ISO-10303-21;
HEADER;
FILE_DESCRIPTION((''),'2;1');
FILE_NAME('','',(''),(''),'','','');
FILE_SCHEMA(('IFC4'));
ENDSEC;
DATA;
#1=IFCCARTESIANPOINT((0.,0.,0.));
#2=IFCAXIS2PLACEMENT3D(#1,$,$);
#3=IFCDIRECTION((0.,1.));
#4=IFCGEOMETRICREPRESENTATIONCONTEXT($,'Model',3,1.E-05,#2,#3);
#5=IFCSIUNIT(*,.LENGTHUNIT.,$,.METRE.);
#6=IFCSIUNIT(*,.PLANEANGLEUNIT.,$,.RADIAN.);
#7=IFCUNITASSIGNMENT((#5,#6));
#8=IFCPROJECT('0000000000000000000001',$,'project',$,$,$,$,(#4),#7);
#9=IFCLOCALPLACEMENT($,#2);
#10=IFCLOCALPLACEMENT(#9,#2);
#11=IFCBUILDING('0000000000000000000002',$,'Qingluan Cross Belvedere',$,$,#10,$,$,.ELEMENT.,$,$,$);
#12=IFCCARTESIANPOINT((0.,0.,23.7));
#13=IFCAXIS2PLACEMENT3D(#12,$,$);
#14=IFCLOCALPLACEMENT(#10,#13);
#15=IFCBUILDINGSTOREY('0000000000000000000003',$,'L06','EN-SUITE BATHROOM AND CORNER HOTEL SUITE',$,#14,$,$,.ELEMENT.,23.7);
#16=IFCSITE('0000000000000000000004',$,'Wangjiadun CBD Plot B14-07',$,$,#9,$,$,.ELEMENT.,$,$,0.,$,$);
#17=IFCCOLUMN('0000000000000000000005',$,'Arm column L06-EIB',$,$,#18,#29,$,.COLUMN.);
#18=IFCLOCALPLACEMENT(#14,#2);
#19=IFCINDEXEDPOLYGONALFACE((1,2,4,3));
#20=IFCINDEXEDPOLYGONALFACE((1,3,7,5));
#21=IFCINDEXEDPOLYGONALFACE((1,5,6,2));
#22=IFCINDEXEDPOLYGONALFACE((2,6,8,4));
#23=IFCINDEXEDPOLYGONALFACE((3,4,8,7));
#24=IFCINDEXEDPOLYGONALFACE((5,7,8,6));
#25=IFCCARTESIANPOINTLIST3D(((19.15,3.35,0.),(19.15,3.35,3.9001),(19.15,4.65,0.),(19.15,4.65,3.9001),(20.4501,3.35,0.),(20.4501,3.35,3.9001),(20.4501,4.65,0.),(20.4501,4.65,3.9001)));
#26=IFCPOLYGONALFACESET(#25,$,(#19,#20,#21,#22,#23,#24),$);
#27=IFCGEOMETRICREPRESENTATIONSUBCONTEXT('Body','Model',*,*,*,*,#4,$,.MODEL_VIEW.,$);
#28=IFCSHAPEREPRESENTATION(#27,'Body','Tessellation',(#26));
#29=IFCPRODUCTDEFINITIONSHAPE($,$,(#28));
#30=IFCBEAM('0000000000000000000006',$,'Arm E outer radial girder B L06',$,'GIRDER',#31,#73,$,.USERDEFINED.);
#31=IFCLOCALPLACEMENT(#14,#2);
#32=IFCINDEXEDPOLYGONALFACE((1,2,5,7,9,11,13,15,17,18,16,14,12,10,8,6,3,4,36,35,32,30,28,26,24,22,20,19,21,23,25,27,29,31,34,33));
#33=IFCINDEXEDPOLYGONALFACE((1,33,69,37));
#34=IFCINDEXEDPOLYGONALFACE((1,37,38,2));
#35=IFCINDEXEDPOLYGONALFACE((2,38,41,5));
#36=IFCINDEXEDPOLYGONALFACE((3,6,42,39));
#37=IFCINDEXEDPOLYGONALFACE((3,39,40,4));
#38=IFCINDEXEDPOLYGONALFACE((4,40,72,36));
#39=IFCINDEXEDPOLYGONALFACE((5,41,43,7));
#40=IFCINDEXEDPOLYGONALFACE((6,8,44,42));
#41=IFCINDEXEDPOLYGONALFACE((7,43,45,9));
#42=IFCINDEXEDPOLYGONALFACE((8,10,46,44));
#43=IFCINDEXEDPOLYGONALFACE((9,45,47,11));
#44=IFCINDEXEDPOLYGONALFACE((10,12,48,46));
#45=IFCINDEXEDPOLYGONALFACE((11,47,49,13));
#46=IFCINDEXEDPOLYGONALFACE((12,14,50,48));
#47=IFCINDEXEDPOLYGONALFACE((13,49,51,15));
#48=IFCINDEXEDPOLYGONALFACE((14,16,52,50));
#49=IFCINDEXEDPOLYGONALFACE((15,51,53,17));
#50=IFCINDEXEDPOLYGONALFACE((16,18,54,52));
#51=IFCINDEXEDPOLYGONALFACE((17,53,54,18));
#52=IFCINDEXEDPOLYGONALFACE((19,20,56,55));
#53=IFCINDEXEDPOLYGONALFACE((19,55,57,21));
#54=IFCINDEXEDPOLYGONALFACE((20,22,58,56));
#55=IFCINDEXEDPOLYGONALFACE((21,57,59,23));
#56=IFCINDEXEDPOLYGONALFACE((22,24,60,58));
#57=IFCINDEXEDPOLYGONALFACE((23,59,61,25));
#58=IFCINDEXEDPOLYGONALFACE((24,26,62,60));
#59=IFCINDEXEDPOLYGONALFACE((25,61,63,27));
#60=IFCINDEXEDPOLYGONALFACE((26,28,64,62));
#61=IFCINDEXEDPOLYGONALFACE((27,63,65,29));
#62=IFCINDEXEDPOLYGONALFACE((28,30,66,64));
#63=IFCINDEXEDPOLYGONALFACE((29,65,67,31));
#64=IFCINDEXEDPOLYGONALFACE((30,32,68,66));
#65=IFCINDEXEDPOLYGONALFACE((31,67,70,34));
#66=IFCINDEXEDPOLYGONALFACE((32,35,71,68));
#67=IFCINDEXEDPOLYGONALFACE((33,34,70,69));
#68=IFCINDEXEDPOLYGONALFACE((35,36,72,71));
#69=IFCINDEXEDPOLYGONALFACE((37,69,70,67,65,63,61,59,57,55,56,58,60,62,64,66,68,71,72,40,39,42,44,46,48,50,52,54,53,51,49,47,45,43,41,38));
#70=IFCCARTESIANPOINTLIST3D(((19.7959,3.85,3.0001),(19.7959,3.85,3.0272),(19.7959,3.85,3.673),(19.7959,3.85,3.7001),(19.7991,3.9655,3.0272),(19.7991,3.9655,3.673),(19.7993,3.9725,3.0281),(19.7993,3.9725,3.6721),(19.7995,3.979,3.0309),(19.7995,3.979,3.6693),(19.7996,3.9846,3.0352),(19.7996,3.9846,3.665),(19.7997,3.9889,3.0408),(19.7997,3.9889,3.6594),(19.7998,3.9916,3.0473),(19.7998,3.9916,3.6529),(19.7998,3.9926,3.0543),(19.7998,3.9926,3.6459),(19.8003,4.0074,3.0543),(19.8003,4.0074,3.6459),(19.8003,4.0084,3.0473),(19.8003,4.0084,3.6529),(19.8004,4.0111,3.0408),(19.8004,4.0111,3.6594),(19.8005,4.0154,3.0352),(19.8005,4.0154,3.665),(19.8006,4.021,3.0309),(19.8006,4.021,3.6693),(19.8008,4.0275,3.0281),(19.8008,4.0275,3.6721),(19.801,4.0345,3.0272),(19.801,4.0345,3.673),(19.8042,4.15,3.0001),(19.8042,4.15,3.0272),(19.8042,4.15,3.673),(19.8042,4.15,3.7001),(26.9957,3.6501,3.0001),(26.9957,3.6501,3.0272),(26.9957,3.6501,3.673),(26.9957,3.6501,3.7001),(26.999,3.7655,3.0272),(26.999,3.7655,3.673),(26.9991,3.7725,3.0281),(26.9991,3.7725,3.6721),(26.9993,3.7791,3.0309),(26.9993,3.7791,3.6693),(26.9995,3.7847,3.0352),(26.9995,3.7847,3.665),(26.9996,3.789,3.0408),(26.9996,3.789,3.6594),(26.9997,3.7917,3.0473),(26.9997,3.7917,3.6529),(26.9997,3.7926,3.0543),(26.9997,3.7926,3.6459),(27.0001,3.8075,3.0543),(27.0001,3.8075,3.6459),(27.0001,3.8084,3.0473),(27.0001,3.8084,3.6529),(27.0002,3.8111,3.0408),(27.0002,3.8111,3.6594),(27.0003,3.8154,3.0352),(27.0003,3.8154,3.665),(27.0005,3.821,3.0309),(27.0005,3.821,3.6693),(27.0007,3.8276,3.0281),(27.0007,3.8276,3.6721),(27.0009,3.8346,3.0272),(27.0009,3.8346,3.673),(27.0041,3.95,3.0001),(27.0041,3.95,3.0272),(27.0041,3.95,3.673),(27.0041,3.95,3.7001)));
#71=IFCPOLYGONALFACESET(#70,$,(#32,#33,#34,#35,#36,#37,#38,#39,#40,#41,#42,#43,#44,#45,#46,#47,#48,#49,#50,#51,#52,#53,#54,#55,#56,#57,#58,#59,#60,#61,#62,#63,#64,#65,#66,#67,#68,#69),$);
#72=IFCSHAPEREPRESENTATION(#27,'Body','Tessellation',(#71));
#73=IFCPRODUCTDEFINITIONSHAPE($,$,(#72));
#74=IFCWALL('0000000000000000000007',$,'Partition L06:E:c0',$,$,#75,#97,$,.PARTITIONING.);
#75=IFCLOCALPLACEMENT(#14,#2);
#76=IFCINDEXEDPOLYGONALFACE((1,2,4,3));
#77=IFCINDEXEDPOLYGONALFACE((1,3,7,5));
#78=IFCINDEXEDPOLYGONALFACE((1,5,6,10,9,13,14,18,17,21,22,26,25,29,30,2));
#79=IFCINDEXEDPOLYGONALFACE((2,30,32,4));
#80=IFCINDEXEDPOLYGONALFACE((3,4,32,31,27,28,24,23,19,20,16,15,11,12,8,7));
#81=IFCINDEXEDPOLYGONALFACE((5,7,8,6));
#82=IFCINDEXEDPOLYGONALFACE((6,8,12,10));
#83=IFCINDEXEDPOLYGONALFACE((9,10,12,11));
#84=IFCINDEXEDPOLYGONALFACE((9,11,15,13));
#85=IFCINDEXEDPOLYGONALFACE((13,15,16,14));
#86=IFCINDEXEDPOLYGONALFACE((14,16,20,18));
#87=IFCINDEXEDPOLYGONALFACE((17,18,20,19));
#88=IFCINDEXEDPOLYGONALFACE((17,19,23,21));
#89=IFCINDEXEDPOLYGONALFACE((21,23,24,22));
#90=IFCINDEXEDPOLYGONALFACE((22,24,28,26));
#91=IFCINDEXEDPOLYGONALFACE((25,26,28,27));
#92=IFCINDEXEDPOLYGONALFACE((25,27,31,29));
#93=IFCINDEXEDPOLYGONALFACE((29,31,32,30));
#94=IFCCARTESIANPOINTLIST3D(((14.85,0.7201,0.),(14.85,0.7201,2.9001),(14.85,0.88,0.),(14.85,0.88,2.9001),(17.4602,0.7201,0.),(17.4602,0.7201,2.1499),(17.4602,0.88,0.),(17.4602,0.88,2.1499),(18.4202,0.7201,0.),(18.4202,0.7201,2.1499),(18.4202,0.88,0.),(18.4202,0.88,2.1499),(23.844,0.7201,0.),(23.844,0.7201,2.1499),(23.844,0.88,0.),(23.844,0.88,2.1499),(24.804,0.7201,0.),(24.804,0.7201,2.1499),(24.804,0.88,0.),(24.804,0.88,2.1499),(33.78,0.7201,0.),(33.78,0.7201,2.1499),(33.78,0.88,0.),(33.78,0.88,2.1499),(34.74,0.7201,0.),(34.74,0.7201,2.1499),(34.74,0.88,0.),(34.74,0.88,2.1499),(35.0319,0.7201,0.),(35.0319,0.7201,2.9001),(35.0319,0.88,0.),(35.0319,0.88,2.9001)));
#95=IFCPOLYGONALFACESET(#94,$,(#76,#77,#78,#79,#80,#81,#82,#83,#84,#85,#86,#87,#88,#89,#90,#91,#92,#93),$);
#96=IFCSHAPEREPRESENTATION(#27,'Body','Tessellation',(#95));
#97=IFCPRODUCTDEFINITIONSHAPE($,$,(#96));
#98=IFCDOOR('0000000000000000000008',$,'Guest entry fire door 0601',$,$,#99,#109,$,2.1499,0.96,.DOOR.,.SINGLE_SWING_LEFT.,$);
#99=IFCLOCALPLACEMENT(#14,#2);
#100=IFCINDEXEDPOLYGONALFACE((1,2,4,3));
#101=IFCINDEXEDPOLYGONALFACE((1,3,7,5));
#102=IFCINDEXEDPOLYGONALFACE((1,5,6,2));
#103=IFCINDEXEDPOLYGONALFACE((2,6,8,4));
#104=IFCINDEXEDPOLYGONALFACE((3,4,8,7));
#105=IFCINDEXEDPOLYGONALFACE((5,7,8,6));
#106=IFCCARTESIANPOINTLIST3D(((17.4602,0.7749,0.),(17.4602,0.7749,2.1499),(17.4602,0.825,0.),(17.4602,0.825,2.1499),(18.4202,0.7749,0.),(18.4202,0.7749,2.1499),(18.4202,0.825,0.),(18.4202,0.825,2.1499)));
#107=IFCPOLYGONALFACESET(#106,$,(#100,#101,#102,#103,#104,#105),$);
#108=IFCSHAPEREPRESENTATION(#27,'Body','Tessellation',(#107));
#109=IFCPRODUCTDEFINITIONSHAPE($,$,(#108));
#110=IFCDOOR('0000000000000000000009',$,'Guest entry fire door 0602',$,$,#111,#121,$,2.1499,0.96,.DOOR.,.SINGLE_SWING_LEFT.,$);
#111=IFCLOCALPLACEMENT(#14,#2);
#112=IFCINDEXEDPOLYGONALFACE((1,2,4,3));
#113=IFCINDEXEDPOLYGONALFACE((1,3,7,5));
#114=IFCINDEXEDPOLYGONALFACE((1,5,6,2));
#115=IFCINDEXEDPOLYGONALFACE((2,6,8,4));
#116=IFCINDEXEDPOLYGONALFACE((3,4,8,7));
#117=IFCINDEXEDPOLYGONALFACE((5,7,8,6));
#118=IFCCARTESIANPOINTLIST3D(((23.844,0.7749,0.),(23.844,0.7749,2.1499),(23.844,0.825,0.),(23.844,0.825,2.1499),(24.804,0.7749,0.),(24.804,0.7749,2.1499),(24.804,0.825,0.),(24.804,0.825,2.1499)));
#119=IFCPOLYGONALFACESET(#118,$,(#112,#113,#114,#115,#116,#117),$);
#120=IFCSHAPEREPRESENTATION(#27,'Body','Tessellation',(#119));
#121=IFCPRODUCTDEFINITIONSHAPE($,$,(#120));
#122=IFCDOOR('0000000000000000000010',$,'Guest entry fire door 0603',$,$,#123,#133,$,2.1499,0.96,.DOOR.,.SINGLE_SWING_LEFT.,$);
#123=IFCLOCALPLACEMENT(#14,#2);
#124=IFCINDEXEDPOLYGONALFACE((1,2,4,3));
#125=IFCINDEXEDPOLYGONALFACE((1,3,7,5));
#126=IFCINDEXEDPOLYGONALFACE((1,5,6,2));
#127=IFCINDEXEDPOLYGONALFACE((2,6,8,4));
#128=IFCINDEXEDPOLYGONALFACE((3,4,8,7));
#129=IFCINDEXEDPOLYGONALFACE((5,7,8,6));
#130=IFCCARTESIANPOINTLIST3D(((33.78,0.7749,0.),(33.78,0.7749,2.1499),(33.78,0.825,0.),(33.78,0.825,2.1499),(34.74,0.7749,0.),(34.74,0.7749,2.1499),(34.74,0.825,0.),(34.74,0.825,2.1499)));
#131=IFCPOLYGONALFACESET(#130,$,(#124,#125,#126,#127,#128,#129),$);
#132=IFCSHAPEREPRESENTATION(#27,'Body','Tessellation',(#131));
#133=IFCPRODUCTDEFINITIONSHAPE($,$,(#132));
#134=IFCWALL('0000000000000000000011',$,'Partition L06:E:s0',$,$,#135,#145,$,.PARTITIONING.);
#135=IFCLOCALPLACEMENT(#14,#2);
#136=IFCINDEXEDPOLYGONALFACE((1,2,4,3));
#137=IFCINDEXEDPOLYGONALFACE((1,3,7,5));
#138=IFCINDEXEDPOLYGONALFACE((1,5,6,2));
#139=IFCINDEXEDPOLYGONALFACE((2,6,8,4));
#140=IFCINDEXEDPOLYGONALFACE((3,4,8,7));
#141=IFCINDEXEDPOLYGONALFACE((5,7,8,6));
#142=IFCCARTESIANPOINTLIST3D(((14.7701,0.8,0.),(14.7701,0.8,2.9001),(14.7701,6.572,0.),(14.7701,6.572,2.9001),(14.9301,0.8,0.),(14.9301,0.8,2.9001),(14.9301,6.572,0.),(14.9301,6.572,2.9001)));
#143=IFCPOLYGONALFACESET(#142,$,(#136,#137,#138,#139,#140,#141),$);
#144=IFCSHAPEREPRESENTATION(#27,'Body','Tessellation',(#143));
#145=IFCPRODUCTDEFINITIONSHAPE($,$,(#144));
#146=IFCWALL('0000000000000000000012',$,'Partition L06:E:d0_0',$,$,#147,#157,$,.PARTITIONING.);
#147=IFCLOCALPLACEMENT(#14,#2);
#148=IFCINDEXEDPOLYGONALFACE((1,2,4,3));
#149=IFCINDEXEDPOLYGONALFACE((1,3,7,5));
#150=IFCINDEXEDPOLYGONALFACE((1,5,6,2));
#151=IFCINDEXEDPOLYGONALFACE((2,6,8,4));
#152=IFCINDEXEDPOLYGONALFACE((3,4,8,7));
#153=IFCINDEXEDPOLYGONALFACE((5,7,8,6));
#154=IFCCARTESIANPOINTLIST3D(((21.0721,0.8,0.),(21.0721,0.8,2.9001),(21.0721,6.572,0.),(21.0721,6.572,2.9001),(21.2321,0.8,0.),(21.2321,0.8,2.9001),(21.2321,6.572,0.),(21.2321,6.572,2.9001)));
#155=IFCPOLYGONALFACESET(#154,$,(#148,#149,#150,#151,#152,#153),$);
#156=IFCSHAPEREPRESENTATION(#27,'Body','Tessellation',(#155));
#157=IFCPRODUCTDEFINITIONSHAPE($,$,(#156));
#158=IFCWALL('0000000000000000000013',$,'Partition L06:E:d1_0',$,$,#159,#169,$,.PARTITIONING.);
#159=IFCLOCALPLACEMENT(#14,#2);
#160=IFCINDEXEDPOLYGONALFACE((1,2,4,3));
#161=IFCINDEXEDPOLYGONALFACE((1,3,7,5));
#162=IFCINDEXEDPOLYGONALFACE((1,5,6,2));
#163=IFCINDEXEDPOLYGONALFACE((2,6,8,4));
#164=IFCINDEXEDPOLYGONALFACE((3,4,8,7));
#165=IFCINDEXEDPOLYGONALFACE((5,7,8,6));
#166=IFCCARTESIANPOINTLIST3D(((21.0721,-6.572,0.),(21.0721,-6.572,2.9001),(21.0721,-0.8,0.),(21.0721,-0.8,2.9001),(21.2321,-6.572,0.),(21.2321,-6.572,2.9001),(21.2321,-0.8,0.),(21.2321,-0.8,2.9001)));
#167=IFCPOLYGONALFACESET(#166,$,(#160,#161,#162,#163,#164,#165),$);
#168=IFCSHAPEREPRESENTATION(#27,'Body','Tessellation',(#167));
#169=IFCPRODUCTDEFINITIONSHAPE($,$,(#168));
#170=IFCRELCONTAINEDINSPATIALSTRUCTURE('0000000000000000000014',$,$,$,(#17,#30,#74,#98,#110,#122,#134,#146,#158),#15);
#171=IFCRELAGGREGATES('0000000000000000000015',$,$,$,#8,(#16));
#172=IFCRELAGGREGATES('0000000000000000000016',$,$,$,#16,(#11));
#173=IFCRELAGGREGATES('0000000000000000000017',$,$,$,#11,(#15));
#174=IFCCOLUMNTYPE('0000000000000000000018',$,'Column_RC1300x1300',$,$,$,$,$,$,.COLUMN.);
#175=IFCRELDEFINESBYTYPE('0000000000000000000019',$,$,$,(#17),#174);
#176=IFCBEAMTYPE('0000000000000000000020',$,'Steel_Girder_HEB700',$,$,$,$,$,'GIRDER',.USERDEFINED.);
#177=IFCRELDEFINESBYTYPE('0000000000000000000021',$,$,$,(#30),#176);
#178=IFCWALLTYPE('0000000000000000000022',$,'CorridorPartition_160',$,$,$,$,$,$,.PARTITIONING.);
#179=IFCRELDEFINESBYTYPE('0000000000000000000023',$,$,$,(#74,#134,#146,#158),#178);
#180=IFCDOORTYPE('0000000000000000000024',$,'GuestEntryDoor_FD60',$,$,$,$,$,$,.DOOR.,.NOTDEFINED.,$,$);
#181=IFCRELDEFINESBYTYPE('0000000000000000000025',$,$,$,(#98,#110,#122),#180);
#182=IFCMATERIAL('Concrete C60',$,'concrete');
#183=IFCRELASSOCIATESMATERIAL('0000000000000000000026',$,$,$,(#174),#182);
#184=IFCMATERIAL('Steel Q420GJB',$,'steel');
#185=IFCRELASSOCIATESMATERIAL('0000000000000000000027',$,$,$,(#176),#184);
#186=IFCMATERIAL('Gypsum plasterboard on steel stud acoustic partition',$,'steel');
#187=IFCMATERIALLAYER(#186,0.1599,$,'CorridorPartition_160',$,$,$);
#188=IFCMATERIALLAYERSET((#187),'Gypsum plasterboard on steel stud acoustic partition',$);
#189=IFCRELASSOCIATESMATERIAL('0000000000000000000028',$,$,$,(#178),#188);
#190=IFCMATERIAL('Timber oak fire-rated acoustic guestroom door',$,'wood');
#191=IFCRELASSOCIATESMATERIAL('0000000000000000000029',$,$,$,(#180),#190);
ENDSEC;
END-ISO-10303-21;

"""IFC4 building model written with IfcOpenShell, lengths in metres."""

from ifc_helpers import new_model, si_unit, direction, frame, frame_2d, origin, origin_2d, place, context, subcontext, project, spatial, rectangle, i_section, extrude, material, layer, layer_set, material_profile, profile_set, type_object, element, fill, save


model = new_model("IFC4")

# Units and contexts
model_context = context("Model", 3, precision=1e-05, world=origin(), true_north=direction((0.0, 1.0)))
body_context = subcontext(model_context, "Body", "Model", "MODEL_VIEW")
ifc_project = project(units=[si_unit("LENGTHUNIT", "METRE"), si_unit("PLANEANGLEUNIT", "RADIAN")], contexts=[model_context])

# Site, building, storey
site_placement = place(None, origin())
site = spatial("IfcSite", under=ifc_project, at=site_placement, Name="Wangjiadun CBD Plot B14-07", CompositionType="ELEMENT", RefElevation=0.0)
building_placement = place(site_placement, origin())
building = spatial("IfcBuilding", under=site, at=building_placement, Name="Qingluan Cross Belvedere", CompositionType="ELEMENT")
storey_placement = place(building_placement, frame((0.0, 0.0, 23.7)))
storey = spatial("IfcBuildingStorey", under=building, at=storey_placement, Name="L06", Description="EN-SUITE BATHROOM AND CORNER HOTEL SUITE", CompositionType="ELEMENT", Elevation=23.7)

# Column
ifc_material_1 = material(Name="Concrete C60", Category="concrete")
ifc_material_profile_1 = material_profile(ifc_material_1, rectangle(XDim=1.3, YDim=1.3, at=origin_2d()), Name="RC1300x1300")
ifc_profile_set_1 = profile_set([ifc_material_profile_1], Name="Concrete C60")
column_type = type_object("IfcColumnType", Name="Column_RC1300x1300", PredefinedType="COLUMN", material=ifc_profile_set_1)
column_placement = place(storey_placement, frame((19.8, 4.0, 0.0), z_axis=(0.0, 0.0, 1.0), x_axis=(1.0, 0.0, 0.0)))
element("IfcColumn", 1, at=column_placement, inside=storey, type_object=column_type, Name="Arm column L06-EIB", PredefinedType="COLUMN", context=body_context, shape_type="SweptSolid", body=[
    extrude(rectangle(XDim=1.3, YDim=1.3, at=origin_2d()), origin(), (0.0, 0.0, 1.0), 3.9001),
])

# Beam
ifc_material_2 = material(Name="Steel Q420GJB", Category="steel")
ifc_material_profile_2 = material_profile(ifc_material_2, i_section(OverallWidth=0.3, OverallDepth=0.7, WebThickness=0.0149, FlangeThickness=0.0271, FilletRadius=0.0271, at=origin_2d()), Name="HEB700")
ifc_profile_set_2 = profile_set([ifc_material_profile_2], Name="Steel Q420GJB")
beam_type = type_object("IfcBeamType", Name="Steel_Girder_HEB700", ElementType="GIRDER", PredefinedType="USERDEFINED", material=ifc_profile_set_2)
beam_placement = place(storey_placement, frame((19.8, 4.0, 3.3501), z_axis=(0.999615, -0.02776, 0.0), x_axis=(0.02776, 0.999615, 0.0)))
element("IfcBeam", 2, at=beam_placement, inside=storey, type_object=beam_type, Name="Arm E outer radial girder B L06", ObjectType="GIRDER", PredefinedType="USERDEFINED", context=body_context, shape_type="SweptSolid", body=[
    extrude(i_section(OverallWidth=0.3, OverallDepth=0.7, WebThickness=0.0149, FlangeThickness=0.0271, FilletRadius=0.0271, at=origin_2d()), origin(), (0.0, 0.0, 1.0), 7.2026),
])

# Wall, openings, doors
ifc_material_3 = material(Name="Gypsum plasterboard on steel stud acoustic partition", Category="steel")
ifc_layer_1 = layer(ifc_material_3, 0.1599, Name="CorridorPartition_160")
ifc_layer_set_1 = layer_set([ifc_layer_1], Name="Gypsum plasterboard on steel stud acoustic partition")
wall_type_1 = type_object("IfcWallType", Name="CorridorPartition_160", PredefinedType="PARTITIONING", material=ifc_layer_set_1)
wall_1_placement = place(storey_placement, frame((14.8501, 0.8, 0.0), z_axis=(0.0, 0.0, 1.0), x_axis=(1.0, 0.0, 0.0)))
wall_1 = element("IfcWall", 3, at=wall_1_placement, inside=storey, type_object=wall_type_1, Name="Partition L06:E:c0", PredefinedType="PARTITIONING", context=body_context, shape_type="SweptSolid", body=[
    extrude(rectangle(XDim=20.1819, YDim=0.1599, at=frame_2d((10.0908, 0.0))), origin(), (0.0, 0.0, 1.0), 2.9001),
])
opening_1_placement = place(wall_1_placement, frame((2.6101, 0.0, 0.0)))
opening_1 = element("IfcOpeningElement", 4, at=opening_1_placement, cuts=wall_1, PredefinedType="OPENING", context=body_context, shape_type="SweptSolid", body=[
    extrude(rectangle(XDim=0.96, YDim=2.1499, at=frame_2d((0.48, 1.075))), frame((0.0, 0.0898, 0.0), z_axis=(0.0, -1.0, 0.0), x_axis=(1.0, 0.0, 0.0)), (0.0, 0.0, 1.0), 0.1799),
])
opening_2_placement = place(wall_1_placement, frame((8.9939, 0.0, 0.0)))
opening_2 = element("IfcOpeningElement", 5, at=opening_2_placement, cuts=wall_1, PredefinedType="OPENING", context=body_context, shape_type="SweptSolid", body=[
    extrude(rectangle(XDim=0.96, YDim=2.1499, at=frame_2d((0.48, 1.075))), frame((0.0, 0.0898, 0.0), z_axis=(0.0, -1.0, 0.0), x_axis=(1.0, 0.0, 0.0)), (0.0, 0.0, 1.0), 0.1799),
])
opening_3_placement = place(wall_1_placement, frame((18.9299, 0.0, 0.0)))
opening_3 = element("IfcOpeningElement", 6, at=opening_3_placement, cuts=wall_1, PredefinedType="OPENING", context=body_context, shape_type="SweptSolid", body=[
    extrude(rectangle(XDim=0.96, YDim=2.1499, at=frame_2d((0.48, 1.075))), frame((0.0, 0.0898, 0.0), z_axis=(0.0, -1.0, 0.0), x_axis=(1.0, 0.0, 0.0)), (0.0, 0.0, 1.0), 0.1799),
])
ifc_material_4 = material(Name="Timber oak fire-rated acoustic guestroom door", Category="wood")
door_type_1 = type_object("IfcDoorType", Name="GuestEntryDoor_FD60", OperationType="NOTDEFINED", PredefinedType="DOOR", material=ifc_material_4)
door_1_placement = place(opening_1_placement, origin())
door_1 = element("IfcDoor", 7, at=door_1_placement, inside=storey, type_object=door_type_1, Name="Guest entry fire door 0601", OperationType="SINGLE_SWING_LEFT", OverallHeight=2.1499, OverallWidth=0.96, PredefinedType="DOOR", context=body_context, shape_type="SweptSolid", body=[
    extrude(rectangle(XDim=0.96, YDim=2.1499, at=frame_2d((0.48, 1.075))), frame((0.0, 0.0249, 0.0), z_axis=(0.0, -1.0, 0.0), x_axis=(1.0, 0.0, 0.0)), (0.0, 0.0, 1.0), 0.05),
])
fill(opening_1, door_1)
door_2_placement = place(opening_2_placement, origin())
door_2 = element("IfcDoor", 8, at=door_2_placement, inside=storey, type_object=door_type_1, Name="Guest entry fire door 0602", OperationType="SINGLE_SWING_LEFT", OverallHeight=2.1499, OverallWidth=0.96, PredefinedType="DOOR", context=body_context, shape_type="SweptSolid", body=[
    extrude(rectangle(XDim=0.96, YDim=2.1499, at=frame_2d((0.48, 1.075))), frame((0.0, 0.0249, 0.0), z_axis=(0.0, -1.0, 0.0), x_axis=(1.0, 0.0, 0.0)), (0.0, 0.0, 1.0), 0.05),
])
fill(opening_2, door_2)
door_3_placement = place(opening_3_placement, origin())
door_3 = element("IfcDoor", 9, at=door_3_placement, inside=storey, type_object=door_type_1, Name="Guest entry fire door 0603", OperationType="SINGLE_SWING_LEFT", OverallHeight=2.1499, OverallWidth=0.96, PredefinedType="DOOR", context=body_context, shape_type="SweptSolid", body=[
    extrude(rectangle(XDim=0.96, YDim=2.1499, at=frame_2d((0.48, 1.075))), frame((0.0, 0.0249, 0.0), z_axis=(0.0, -1.0, 0.0), x_axis=(1.0, 0.0, 0.0)), (0.0, 0.0, 1.0), 0.05),
])
fill(opening_3, door_3)

# Walls
for number, where, z_axis, x_axis, name in (
    (10, (14.8501, 0.8, 0.0), (0.0, 0.0, 1.0), (0.0, 1.0, 0.0), "Partition L06:E:s0"),
    (11, (21.1521, 0.8, 0.0), (0.0, 0.0, 1.0), (0.0, 1.0, 0.0), "Partition L06:E:d0_0"),
    (12, (21.1521, -0.8, 0.0), (0.0, 0.0, 1.0), (0.0, -1.0, 0.0), "Partition L06:E:d1_0"),
):
    element("IfcWall", number, at=place(storey_placement, frame(where, z_axis=z_axis, x_axis=x_axis)), inside=storey, type_object=wall_type_1, Name=name, PredefinedType="PARTITIONING", context=body_context, shape_type="SweptSolid", body=[
        extrude(rectangle(XDim=5.772, YDim=0.1599, at=frame_2d((2.886, 0.0))), origin(), (0.0, 0.0, 1.0), 2.9001),
    ])

save(model, "model.ifc")
